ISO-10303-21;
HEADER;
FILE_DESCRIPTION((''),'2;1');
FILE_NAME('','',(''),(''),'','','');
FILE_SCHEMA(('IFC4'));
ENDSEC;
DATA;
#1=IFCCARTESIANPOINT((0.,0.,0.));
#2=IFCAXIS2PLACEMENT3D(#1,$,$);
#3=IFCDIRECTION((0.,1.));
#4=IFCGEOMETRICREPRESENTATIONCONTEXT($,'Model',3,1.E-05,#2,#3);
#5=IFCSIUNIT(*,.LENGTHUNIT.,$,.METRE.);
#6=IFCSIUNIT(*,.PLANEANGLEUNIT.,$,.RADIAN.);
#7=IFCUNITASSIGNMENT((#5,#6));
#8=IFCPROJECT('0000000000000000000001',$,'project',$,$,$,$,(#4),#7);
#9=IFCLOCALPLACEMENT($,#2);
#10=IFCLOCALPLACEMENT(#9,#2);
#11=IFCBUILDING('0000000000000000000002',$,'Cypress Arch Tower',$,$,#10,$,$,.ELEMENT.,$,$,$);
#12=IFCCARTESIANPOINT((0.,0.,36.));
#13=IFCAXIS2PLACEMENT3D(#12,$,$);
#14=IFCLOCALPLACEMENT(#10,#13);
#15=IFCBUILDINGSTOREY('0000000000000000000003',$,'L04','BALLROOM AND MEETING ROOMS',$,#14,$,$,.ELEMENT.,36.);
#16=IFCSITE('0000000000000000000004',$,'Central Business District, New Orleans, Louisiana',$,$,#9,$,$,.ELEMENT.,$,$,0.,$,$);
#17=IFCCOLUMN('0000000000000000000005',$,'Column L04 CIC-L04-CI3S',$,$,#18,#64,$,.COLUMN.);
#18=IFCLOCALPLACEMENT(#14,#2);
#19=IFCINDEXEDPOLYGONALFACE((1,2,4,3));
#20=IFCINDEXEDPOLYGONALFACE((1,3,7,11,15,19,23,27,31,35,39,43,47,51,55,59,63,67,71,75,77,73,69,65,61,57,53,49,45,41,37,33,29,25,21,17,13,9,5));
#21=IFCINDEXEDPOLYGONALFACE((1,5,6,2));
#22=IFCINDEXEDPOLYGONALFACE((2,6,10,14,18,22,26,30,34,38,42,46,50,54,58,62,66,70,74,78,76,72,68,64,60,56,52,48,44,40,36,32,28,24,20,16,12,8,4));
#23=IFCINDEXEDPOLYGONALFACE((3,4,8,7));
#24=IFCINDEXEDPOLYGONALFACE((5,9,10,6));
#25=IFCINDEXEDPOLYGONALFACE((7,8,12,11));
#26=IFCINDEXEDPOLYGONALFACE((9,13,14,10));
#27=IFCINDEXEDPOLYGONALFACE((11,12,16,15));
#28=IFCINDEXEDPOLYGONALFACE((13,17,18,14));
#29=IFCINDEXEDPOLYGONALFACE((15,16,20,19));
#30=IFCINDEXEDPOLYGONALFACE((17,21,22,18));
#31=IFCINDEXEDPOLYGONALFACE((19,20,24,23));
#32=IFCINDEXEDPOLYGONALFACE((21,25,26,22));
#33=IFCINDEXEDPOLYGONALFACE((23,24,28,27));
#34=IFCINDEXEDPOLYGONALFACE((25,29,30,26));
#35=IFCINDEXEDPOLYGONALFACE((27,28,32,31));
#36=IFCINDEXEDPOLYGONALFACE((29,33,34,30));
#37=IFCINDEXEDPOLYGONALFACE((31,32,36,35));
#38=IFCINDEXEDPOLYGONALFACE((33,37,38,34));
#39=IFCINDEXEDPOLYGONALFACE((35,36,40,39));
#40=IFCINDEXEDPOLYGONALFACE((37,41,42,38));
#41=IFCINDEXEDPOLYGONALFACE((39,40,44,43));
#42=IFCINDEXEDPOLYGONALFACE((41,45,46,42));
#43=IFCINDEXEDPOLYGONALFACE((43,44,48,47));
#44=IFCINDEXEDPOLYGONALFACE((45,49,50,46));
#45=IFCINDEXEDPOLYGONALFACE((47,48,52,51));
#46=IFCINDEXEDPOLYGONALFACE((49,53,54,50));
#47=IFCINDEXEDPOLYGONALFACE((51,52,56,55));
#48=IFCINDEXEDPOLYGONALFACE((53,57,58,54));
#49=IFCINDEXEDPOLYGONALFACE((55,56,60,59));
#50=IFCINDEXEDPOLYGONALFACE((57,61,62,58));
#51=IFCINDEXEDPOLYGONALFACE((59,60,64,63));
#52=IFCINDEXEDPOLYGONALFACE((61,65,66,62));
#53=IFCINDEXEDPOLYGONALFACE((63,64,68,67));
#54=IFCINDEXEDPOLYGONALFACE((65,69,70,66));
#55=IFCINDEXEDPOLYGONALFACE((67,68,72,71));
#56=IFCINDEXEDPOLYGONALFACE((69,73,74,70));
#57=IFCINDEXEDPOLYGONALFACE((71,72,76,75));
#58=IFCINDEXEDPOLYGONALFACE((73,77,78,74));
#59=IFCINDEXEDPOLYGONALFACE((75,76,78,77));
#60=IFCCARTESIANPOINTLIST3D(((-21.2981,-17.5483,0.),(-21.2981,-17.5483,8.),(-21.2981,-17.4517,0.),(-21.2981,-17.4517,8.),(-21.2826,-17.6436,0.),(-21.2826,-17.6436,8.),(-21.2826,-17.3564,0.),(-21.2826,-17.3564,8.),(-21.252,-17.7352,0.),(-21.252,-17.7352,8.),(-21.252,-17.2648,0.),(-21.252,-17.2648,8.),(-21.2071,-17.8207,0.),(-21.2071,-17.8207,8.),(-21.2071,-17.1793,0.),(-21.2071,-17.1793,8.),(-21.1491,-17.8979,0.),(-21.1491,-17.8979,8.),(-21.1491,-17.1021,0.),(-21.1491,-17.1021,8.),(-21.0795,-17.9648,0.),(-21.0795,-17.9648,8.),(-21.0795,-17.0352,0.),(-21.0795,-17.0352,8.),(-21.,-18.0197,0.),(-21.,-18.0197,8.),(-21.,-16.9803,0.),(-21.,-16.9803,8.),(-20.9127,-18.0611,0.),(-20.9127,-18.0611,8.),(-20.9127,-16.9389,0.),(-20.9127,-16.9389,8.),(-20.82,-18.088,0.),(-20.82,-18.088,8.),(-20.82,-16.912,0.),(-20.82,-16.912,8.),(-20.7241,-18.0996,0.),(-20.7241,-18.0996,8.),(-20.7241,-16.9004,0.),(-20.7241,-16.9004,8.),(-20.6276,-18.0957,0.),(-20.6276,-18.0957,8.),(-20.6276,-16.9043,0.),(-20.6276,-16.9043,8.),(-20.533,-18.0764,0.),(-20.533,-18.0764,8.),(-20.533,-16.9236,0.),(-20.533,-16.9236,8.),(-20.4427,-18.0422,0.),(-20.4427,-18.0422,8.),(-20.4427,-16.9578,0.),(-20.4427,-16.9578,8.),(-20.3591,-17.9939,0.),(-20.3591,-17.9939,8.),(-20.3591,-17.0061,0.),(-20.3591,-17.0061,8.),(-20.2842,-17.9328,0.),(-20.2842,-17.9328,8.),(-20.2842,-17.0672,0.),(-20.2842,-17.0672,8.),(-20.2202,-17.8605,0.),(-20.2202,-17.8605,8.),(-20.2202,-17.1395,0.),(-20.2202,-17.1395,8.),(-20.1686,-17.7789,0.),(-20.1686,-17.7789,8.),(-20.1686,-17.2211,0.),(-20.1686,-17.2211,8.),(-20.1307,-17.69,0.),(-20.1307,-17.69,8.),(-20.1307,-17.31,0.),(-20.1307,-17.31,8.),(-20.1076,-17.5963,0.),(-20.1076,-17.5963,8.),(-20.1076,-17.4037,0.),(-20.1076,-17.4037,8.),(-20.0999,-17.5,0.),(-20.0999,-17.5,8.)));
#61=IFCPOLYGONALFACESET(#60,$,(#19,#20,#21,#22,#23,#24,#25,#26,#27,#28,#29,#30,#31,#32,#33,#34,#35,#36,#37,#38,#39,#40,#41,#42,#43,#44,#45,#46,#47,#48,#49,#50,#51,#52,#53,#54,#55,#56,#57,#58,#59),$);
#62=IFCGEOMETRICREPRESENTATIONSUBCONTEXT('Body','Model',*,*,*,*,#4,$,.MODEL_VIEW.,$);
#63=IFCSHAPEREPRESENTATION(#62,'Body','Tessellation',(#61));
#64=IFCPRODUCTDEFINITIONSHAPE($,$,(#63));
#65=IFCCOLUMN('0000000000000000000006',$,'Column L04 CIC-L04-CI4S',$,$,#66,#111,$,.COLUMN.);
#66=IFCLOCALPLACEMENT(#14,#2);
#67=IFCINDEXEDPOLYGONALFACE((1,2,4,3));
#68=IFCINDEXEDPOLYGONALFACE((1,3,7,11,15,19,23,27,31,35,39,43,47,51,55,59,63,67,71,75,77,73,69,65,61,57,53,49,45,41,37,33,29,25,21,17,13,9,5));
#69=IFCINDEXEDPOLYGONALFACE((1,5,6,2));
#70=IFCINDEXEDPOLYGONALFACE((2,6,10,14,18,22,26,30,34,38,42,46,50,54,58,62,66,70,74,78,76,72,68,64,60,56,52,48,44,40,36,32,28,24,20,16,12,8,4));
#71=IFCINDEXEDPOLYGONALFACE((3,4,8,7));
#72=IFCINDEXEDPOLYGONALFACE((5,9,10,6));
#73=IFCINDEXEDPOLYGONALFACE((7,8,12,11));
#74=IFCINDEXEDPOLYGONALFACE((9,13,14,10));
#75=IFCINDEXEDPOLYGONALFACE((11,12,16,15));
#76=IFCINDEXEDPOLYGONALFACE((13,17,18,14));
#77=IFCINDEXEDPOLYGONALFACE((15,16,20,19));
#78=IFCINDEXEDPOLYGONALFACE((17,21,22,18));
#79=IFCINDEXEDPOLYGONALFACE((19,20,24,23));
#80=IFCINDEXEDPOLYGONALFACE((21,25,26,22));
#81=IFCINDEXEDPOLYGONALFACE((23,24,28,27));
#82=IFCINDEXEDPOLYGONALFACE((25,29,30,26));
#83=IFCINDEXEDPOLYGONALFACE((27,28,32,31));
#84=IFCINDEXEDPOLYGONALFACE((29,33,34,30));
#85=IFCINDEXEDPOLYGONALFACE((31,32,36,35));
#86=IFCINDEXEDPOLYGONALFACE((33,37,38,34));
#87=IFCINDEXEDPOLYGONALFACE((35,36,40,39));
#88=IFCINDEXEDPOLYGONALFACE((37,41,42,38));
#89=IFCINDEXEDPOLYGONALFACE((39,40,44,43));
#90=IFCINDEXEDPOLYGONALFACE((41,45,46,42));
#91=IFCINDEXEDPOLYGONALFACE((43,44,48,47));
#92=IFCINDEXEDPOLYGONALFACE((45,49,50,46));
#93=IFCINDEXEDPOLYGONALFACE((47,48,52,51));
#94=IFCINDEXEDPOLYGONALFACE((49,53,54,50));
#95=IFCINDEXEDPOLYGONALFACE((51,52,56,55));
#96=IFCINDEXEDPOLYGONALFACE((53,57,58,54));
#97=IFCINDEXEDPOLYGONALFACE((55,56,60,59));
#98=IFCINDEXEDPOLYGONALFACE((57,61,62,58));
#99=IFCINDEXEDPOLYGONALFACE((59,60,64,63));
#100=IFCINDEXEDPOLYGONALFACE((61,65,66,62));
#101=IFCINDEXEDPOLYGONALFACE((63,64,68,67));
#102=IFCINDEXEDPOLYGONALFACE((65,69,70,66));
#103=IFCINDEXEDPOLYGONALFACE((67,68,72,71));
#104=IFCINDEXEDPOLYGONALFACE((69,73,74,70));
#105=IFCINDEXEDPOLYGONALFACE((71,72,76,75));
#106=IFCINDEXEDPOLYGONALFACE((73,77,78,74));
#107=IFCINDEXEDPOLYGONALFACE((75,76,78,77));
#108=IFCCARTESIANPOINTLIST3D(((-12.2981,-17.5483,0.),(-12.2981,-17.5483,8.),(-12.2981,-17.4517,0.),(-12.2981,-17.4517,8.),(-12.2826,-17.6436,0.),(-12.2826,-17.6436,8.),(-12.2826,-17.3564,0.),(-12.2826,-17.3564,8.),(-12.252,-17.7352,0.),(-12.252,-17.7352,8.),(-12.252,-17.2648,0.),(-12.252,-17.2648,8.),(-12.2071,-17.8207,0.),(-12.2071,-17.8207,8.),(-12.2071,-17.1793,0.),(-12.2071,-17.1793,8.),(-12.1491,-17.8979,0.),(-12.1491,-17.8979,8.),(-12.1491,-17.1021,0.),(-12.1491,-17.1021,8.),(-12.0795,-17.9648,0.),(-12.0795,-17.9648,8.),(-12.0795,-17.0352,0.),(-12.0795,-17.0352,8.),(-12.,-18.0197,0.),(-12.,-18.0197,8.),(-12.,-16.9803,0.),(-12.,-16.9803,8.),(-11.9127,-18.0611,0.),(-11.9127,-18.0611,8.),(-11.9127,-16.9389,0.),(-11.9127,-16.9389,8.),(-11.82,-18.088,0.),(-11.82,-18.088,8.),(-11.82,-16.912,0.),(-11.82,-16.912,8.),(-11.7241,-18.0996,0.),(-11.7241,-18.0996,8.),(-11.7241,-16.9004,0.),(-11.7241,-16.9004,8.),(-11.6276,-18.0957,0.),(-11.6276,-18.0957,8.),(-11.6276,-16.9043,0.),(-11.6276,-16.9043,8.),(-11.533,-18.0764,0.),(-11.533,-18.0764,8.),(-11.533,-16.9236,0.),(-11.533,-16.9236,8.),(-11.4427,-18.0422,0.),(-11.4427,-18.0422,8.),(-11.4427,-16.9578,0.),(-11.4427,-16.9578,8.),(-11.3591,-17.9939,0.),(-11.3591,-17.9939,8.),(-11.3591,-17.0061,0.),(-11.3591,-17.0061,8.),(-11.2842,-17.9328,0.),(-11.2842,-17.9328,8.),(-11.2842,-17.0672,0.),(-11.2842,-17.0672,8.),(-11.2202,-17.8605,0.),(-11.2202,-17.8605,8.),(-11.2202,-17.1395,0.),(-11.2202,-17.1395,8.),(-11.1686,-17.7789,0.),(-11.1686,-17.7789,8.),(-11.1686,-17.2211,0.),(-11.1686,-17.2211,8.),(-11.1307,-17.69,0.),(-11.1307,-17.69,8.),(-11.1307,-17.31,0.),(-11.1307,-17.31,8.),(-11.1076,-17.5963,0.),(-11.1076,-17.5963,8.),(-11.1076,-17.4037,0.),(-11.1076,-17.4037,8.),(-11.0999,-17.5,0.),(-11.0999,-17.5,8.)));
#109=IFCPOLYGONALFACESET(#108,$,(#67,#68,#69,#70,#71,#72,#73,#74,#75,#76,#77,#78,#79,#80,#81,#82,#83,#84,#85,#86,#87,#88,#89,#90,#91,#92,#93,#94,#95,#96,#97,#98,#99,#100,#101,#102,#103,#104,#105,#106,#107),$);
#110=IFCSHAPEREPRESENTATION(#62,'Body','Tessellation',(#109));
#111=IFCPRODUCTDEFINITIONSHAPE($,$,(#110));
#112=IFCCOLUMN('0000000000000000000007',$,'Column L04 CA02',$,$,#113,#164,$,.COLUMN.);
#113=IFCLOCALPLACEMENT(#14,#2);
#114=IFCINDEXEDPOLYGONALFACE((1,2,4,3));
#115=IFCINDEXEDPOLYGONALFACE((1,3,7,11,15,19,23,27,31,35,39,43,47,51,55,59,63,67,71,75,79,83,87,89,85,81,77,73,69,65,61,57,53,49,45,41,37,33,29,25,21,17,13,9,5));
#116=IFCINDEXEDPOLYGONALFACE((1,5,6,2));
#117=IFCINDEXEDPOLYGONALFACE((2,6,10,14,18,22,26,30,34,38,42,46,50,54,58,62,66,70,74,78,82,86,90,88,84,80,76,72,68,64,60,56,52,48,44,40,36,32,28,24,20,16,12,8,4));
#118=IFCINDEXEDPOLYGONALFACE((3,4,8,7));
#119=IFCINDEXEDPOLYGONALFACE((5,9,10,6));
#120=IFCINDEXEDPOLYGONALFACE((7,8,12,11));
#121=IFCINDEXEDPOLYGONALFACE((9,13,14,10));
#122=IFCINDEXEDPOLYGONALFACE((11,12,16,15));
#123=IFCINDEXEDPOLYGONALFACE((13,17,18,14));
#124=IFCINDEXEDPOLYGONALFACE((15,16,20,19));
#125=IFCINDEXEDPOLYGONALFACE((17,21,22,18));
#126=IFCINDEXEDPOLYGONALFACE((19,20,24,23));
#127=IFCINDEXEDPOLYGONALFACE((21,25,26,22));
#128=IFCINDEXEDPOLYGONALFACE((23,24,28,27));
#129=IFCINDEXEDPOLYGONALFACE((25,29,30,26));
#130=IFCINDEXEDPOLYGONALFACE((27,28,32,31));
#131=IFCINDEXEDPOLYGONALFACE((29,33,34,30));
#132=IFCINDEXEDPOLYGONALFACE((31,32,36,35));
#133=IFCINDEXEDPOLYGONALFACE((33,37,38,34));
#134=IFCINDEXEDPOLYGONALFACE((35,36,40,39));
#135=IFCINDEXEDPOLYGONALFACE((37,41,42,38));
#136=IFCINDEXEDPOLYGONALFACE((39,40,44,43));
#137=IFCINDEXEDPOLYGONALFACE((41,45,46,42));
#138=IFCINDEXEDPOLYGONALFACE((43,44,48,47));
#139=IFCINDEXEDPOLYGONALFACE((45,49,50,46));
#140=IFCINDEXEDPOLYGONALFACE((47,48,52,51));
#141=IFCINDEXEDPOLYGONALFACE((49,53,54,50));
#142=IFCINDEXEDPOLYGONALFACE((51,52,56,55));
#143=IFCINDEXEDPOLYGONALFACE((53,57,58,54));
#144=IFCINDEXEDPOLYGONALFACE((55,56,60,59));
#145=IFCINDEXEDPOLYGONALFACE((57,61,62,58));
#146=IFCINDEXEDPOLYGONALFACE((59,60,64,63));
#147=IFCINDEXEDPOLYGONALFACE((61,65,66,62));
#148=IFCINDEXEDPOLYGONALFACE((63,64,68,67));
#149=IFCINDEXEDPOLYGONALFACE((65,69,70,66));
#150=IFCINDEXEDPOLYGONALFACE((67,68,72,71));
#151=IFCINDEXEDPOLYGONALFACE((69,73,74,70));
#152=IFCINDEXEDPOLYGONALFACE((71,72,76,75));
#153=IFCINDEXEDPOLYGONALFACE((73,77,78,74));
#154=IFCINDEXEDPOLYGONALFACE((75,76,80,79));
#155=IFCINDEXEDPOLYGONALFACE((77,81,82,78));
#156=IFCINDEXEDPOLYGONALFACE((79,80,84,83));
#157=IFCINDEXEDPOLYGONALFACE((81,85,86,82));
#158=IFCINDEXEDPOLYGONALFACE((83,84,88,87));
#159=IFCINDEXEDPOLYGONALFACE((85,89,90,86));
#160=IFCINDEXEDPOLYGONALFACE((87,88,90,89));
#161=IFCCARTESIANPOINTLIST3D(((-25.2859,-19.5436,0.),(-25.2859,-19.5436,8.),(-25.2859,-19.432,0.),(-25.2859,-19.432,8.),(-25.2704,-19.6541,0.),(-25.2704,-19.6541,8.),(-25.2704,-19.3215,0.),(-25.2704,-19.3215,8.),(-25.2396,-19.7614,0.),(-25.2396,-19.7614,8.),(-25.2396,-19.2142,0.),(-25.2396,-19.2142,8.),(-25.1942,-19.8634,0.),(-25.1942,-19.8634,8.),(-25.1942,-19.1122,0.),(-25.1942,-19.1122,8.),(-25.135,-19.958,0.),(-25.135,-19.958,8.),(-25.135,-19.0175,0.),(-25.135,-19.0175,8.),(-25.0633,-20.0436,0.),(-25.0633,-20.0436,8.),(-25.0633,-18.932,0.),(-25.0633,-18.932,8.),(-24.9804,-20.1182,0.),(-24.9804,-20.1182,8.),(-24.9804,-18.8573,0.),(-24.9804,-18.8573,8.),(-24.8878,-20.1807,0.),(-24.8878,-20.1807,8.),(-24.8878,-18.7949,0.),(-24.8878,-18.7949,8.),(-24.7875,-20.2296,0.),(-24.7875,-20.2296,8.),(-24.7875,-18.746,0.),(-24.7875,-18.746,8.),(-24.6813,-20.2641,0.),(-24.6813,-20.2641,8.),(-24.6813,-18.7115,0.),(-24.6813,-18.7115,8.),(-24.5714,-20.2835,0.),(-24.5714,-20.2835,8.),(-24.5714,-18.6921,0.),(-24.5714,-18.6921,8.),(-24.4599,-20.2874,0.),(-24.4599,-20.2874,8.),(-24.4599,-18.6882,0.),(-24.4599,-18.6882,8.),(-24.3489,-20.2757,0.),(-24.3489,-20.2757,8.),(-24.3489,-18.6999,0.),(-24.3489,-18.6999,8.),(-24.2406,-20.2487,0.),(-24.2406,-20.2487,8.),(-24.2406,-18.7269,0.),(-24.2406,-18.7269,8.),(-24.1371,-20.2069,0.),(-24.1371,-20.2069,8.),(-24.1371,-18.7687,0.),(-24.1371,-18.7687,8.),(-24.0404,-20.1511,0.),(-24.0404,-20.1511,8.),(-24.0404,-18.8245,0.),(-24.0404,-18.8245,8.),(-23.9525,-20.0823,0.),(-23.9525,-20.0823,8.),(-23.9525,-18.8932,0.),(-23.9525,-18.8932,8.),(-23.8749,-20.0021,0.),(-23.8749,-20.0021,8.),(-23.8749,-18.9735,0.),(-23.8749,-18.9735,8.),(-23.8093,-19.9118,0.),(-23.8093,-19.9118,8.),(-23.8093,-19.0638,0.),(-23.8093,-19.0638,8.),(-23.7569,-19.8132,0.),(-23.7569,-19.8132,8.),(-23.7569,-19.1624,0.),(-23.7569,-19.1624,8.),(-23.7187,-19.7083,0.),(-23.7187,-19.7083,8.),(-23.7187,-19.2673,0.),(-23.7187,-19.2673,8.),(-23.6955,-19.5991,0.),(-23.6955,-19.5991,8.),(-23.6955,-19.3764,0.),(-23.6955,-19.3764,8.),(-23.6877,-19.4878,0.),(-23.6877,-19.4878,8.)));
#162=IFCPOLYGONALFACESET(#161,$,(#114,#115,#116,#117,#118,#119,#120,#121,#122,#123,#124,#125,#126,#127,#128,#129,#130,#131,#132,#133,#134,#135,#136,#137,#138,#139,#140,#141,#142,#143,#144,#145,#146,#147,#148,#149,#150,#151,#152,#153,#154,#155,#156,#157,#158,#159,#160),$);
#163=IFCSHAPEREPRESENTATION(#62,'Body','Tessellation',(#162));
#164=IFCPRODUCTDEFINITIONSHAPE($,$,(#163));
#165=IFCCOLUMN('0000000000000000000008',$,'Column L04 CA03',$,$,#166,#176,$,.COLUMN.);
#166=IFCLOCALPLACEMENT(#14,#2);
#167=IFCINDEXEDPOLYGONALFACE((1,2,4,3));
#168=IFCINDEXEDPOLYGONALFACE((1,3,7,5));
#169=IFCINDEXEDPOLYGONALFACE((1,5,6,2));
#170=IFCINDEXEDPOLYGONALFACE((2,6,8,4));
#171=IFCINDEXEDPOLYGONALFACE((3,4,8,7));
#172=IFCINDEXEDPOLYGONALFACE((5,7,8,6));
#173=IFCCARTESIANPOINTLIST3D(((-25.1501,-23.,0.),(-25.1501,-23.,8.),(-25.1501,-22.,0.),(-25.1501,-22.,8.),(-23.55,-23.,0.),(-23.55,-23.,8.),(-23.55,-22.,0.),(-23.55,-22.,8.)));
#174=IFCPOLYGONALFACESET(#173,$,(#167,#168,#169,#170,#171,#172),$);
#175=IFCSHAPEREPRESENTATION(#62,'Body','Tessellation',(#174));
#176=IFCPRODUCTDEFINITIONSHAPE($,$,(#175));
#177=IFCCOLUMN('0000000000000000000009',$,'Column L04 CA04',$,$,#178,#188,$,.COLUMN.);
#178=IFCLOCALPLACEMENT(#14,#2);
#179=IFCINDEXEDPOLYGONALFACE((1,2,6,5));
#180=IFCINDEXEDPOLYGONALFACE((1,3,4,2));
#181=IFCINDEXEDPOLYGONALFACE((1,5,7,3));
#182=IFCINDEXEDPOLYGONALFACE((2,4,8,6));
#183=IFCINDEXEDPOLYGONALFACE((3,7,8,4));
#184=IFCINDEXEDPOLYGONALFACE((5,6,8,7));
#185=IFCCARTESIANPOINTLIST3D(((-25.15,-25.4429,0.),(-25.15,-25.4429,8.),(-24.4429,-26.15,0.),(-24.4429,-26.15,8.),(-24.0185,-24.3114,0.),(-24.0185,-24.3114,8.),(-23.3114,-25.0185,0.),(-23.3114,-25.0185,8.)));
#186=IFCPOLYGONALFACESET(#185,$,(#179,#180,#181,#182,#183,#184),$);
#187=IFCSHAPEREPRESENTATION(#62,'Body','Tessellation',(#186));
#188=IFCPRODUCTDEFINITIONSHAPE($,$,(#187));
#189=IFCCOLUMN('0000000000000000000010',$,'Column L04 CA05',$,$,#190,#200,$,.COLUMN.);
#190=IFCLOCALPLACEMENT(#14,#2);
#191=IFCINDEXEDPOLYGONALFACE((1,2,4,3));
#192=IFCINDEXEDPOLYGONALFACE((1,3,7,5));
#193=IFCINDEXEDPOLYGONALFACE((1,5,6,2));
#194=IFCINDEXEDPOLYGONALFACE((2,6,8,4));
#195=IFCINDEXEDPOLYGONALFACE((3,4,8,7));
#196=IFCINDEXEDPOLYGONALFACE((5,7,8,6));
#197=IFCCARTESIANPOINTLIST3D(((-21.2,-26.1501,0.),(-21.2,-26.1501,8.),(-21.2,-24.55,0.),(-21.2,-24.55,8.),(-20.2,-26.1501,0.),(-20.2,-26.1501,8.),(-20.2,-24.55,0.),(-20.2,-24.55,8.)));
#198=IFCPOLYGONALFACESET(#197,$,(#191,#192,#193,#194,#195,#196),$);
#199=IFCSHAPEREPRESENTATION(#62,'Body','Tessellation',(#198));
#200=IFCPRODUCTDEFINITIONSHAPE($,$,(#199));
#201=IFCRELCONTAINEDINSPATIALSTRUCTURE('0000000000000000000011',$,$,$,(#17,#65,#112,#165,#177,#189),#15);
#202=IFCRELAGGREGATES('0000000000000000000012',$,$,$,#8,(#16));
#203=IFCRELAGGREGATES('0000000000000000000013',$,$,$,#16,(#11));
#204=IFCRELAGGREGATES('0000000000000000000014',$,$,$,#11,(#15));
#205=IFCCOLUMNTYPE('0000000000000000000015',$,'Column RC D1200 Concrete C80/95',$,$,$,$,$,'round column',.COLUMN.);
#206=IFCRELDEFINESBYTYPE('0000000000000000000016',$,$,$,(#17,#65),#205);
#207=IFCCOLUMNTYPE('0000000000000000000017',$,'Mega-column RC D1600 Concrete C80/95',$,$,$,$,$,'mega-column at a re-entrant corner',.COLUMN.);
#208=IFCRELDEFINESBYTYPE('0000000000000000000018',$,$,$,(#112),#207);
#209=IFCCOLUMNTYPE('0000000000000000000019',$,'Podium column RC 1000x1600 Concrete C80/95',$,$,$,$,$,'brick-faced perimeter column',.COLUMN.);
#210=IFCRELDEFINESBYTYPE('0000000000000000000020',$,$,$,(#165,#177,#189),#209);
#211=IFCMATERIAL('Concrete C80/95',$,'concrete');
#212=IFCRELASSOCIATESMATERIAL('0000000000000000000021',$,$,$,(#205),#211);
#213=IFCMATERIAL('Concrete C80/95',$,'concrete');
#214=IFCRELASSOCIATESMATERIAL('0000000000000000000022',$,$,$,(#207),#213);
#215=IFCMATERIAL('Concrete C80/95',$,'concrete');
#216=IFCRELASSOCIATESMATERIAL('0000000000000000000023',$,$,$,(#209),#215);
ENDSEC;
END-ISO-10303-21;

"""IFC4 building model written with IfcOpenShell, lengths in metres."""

from ifc_helpers import new_model, si_unit, direction, frame, origin, origin_2d, place, context, subcontext, project, spatial, rectangle, circle, extrude, material, material_profile, profile_set, type_object, element, save


model = new_model("IFC4")

# Units and contexts
model_context = context("Model", 3, precision=1e-05, world=origin(), true_north=direction((0.0, 1.0)))
body_context = subcontext(model_context, "Body", "Model", "MODEL_VIEW")
ifc_project = project(units=[si_unit("LENGTHUNIT", "METRE"), si_unit("PLANEANGLEUNIT", "RADIAN")], contexts=[model_context])

# Site, building, storey
site_placement = place(None, origin())
site = spatial("IfcSite", under=ifc_project, at=site_placement, Name="Central Business District, New Orleans, Louisiana", CompositionType="ELEMENT", RefElevation=0.0)
building_placement = place(site_placement, origin())
building = spatial("IfcBuilding", under=site, at=building_placement, Name="Cypress Arch Tower", CompositionType="ELEMENT")
storey_placement = place(building_placement, frame((0.0, 0.0, 36.0)))
storey = spatial("IfcBuildingStorey", under=building, at=storey_placement, Name="L04", Description="BALLROOM AND MEETING ROOMS", CompositionType="ELEMENT", Elevation=36.0)

# Columns
ifc_material_1 = material(Name="Concrete C80/95", Category="concrete")
ifc_material_profile_1 = material_profile(ifc_material_1, circle(Radius=0.6001, at=origin_2d()), Name="RC D1200")
ifc_profile_set_1 = profile_set([ifc_material_profile_1], Name="Concrete C80/95")
column_type_1 = type_object("IfcColumnType", Name="Column RC D1200 Concrete C80/95", ElementType="round column", PredefinedType="COLUMN", material=ifc_profile_set_1)
for number, where, z_axis, x_axis, name in (
    (1, (-20.7, -17.5, 0.0), (0.0, 0.0, 1.0), (1.0, 0.0, 0.0), "Column L04 CIC-L04-CI3S"),
    (2, (-11.7, -17.5, 0.0), (0.0, 0.0, 1.0), (1.0, 0.0, 0.0), "Column L04 CIC-L04-CI4S"),
):
    element("IfcColumn", number, at=place(storey_placement, frame(where, z_axis=z_axis, x_axis=x_axis)), inside=storey, type_object=column_type_1, Name=name, PredefinedType="COLUMN", context=body_context, shape_type="SweptSolid", body=[
        extrude(circle(Radius=0.6001, at=origin_2d()), origin(), (0.0, 0.0, 1.0), 8.0),
    ])
ifc_material_2 = material(Name="Concrete C80/95", Category="concrete")
ifc_material_profile_2 = material_profile(ifc_material_2, circle(Radius=0.8, at=origin_2d()), Name="RC D1600")
ifc_profile_set_2 = profile_set([ifc_material_profile_2], Name="Concrete C80/95")
column_type_2 = type_object("IfcColumnType", Name="Mega-column RC D1600 Concrete C80/95", ElementType="mega-column at a re-entrant corner", PredefinedType="COLUMN", material=ifc_profile_set_2)
column_placement = place(storey_placement, frame((-24.4878, -19.4878, 0.0), z_axis=(0.0, 0.0, 1.0), x_axis=(1.0, 0.0, 0.0)))
element("IfcColumn", 3, at=column_placement, inside=storey, type_object=column_type_2, Name="Column L04 CA02", PredefinedType="COLUMN", context=body_context, shape_type="SweptSolid", body=[
    extrude(circle(Radius=0.8, at=origin_2d()), origin(), (0.0, 0.0, 1.0), 8.0),
])
ifc_material_3 = material(Name="Concrete C80/95", Category="concrete")
ifc_material_profile_3 = material_profile(ifc_material_3, rectangle(XDim=1.0, YDim=1.6001, at=origin_2d()), Name="RC 1000x1600")
ifc_profile_set_3 = profile_set([ifc_material_profile_3], Name="Concrete C80/95")
column_type_3 = type_object("IfcColumnType", Name="Podium column RC 1000x1600 Concrete C80/95", ElementType="brick-faced perimeter column", PredefinedType="COLUMN", material=ifc_profile_set_3)
for number, where, z_axis, x_axis, name in (
    (4, (-24.3501, -22.5, 0.0), (0.0, 0.0, 1.0), (0.0, -1.0, 0.0), "Column L04 CA03"),
    (5, (-24.2307, -25.2307, 0.0), (0.0, 0.0, 1.0), (0.707107, -0.707107, 0.0), "Column L04 CA04"),
    (6, (-20.7, -25.3501, 0.0), (0.0, 0.0, 1.0), (1.0, 0.0, 0.0), "Column L04 CA05"),
):
    element("IfcColumn", number, at=place(storey_placement, frame(where, z_axis=z_axis, x_axis=x_axis)), inside=storey, type_object=column_type_3, Name=name, PredefinedType="COLUMN", context=body_context, shape_type="SweptSolid", body=[
        extrude(rectangle(XDim=1.0, YDim=1.6001, at=origin_2d()), origin(), (0.0, 0.0, 1.0), 8.0),
    ])

save(model, "model.ifc")
